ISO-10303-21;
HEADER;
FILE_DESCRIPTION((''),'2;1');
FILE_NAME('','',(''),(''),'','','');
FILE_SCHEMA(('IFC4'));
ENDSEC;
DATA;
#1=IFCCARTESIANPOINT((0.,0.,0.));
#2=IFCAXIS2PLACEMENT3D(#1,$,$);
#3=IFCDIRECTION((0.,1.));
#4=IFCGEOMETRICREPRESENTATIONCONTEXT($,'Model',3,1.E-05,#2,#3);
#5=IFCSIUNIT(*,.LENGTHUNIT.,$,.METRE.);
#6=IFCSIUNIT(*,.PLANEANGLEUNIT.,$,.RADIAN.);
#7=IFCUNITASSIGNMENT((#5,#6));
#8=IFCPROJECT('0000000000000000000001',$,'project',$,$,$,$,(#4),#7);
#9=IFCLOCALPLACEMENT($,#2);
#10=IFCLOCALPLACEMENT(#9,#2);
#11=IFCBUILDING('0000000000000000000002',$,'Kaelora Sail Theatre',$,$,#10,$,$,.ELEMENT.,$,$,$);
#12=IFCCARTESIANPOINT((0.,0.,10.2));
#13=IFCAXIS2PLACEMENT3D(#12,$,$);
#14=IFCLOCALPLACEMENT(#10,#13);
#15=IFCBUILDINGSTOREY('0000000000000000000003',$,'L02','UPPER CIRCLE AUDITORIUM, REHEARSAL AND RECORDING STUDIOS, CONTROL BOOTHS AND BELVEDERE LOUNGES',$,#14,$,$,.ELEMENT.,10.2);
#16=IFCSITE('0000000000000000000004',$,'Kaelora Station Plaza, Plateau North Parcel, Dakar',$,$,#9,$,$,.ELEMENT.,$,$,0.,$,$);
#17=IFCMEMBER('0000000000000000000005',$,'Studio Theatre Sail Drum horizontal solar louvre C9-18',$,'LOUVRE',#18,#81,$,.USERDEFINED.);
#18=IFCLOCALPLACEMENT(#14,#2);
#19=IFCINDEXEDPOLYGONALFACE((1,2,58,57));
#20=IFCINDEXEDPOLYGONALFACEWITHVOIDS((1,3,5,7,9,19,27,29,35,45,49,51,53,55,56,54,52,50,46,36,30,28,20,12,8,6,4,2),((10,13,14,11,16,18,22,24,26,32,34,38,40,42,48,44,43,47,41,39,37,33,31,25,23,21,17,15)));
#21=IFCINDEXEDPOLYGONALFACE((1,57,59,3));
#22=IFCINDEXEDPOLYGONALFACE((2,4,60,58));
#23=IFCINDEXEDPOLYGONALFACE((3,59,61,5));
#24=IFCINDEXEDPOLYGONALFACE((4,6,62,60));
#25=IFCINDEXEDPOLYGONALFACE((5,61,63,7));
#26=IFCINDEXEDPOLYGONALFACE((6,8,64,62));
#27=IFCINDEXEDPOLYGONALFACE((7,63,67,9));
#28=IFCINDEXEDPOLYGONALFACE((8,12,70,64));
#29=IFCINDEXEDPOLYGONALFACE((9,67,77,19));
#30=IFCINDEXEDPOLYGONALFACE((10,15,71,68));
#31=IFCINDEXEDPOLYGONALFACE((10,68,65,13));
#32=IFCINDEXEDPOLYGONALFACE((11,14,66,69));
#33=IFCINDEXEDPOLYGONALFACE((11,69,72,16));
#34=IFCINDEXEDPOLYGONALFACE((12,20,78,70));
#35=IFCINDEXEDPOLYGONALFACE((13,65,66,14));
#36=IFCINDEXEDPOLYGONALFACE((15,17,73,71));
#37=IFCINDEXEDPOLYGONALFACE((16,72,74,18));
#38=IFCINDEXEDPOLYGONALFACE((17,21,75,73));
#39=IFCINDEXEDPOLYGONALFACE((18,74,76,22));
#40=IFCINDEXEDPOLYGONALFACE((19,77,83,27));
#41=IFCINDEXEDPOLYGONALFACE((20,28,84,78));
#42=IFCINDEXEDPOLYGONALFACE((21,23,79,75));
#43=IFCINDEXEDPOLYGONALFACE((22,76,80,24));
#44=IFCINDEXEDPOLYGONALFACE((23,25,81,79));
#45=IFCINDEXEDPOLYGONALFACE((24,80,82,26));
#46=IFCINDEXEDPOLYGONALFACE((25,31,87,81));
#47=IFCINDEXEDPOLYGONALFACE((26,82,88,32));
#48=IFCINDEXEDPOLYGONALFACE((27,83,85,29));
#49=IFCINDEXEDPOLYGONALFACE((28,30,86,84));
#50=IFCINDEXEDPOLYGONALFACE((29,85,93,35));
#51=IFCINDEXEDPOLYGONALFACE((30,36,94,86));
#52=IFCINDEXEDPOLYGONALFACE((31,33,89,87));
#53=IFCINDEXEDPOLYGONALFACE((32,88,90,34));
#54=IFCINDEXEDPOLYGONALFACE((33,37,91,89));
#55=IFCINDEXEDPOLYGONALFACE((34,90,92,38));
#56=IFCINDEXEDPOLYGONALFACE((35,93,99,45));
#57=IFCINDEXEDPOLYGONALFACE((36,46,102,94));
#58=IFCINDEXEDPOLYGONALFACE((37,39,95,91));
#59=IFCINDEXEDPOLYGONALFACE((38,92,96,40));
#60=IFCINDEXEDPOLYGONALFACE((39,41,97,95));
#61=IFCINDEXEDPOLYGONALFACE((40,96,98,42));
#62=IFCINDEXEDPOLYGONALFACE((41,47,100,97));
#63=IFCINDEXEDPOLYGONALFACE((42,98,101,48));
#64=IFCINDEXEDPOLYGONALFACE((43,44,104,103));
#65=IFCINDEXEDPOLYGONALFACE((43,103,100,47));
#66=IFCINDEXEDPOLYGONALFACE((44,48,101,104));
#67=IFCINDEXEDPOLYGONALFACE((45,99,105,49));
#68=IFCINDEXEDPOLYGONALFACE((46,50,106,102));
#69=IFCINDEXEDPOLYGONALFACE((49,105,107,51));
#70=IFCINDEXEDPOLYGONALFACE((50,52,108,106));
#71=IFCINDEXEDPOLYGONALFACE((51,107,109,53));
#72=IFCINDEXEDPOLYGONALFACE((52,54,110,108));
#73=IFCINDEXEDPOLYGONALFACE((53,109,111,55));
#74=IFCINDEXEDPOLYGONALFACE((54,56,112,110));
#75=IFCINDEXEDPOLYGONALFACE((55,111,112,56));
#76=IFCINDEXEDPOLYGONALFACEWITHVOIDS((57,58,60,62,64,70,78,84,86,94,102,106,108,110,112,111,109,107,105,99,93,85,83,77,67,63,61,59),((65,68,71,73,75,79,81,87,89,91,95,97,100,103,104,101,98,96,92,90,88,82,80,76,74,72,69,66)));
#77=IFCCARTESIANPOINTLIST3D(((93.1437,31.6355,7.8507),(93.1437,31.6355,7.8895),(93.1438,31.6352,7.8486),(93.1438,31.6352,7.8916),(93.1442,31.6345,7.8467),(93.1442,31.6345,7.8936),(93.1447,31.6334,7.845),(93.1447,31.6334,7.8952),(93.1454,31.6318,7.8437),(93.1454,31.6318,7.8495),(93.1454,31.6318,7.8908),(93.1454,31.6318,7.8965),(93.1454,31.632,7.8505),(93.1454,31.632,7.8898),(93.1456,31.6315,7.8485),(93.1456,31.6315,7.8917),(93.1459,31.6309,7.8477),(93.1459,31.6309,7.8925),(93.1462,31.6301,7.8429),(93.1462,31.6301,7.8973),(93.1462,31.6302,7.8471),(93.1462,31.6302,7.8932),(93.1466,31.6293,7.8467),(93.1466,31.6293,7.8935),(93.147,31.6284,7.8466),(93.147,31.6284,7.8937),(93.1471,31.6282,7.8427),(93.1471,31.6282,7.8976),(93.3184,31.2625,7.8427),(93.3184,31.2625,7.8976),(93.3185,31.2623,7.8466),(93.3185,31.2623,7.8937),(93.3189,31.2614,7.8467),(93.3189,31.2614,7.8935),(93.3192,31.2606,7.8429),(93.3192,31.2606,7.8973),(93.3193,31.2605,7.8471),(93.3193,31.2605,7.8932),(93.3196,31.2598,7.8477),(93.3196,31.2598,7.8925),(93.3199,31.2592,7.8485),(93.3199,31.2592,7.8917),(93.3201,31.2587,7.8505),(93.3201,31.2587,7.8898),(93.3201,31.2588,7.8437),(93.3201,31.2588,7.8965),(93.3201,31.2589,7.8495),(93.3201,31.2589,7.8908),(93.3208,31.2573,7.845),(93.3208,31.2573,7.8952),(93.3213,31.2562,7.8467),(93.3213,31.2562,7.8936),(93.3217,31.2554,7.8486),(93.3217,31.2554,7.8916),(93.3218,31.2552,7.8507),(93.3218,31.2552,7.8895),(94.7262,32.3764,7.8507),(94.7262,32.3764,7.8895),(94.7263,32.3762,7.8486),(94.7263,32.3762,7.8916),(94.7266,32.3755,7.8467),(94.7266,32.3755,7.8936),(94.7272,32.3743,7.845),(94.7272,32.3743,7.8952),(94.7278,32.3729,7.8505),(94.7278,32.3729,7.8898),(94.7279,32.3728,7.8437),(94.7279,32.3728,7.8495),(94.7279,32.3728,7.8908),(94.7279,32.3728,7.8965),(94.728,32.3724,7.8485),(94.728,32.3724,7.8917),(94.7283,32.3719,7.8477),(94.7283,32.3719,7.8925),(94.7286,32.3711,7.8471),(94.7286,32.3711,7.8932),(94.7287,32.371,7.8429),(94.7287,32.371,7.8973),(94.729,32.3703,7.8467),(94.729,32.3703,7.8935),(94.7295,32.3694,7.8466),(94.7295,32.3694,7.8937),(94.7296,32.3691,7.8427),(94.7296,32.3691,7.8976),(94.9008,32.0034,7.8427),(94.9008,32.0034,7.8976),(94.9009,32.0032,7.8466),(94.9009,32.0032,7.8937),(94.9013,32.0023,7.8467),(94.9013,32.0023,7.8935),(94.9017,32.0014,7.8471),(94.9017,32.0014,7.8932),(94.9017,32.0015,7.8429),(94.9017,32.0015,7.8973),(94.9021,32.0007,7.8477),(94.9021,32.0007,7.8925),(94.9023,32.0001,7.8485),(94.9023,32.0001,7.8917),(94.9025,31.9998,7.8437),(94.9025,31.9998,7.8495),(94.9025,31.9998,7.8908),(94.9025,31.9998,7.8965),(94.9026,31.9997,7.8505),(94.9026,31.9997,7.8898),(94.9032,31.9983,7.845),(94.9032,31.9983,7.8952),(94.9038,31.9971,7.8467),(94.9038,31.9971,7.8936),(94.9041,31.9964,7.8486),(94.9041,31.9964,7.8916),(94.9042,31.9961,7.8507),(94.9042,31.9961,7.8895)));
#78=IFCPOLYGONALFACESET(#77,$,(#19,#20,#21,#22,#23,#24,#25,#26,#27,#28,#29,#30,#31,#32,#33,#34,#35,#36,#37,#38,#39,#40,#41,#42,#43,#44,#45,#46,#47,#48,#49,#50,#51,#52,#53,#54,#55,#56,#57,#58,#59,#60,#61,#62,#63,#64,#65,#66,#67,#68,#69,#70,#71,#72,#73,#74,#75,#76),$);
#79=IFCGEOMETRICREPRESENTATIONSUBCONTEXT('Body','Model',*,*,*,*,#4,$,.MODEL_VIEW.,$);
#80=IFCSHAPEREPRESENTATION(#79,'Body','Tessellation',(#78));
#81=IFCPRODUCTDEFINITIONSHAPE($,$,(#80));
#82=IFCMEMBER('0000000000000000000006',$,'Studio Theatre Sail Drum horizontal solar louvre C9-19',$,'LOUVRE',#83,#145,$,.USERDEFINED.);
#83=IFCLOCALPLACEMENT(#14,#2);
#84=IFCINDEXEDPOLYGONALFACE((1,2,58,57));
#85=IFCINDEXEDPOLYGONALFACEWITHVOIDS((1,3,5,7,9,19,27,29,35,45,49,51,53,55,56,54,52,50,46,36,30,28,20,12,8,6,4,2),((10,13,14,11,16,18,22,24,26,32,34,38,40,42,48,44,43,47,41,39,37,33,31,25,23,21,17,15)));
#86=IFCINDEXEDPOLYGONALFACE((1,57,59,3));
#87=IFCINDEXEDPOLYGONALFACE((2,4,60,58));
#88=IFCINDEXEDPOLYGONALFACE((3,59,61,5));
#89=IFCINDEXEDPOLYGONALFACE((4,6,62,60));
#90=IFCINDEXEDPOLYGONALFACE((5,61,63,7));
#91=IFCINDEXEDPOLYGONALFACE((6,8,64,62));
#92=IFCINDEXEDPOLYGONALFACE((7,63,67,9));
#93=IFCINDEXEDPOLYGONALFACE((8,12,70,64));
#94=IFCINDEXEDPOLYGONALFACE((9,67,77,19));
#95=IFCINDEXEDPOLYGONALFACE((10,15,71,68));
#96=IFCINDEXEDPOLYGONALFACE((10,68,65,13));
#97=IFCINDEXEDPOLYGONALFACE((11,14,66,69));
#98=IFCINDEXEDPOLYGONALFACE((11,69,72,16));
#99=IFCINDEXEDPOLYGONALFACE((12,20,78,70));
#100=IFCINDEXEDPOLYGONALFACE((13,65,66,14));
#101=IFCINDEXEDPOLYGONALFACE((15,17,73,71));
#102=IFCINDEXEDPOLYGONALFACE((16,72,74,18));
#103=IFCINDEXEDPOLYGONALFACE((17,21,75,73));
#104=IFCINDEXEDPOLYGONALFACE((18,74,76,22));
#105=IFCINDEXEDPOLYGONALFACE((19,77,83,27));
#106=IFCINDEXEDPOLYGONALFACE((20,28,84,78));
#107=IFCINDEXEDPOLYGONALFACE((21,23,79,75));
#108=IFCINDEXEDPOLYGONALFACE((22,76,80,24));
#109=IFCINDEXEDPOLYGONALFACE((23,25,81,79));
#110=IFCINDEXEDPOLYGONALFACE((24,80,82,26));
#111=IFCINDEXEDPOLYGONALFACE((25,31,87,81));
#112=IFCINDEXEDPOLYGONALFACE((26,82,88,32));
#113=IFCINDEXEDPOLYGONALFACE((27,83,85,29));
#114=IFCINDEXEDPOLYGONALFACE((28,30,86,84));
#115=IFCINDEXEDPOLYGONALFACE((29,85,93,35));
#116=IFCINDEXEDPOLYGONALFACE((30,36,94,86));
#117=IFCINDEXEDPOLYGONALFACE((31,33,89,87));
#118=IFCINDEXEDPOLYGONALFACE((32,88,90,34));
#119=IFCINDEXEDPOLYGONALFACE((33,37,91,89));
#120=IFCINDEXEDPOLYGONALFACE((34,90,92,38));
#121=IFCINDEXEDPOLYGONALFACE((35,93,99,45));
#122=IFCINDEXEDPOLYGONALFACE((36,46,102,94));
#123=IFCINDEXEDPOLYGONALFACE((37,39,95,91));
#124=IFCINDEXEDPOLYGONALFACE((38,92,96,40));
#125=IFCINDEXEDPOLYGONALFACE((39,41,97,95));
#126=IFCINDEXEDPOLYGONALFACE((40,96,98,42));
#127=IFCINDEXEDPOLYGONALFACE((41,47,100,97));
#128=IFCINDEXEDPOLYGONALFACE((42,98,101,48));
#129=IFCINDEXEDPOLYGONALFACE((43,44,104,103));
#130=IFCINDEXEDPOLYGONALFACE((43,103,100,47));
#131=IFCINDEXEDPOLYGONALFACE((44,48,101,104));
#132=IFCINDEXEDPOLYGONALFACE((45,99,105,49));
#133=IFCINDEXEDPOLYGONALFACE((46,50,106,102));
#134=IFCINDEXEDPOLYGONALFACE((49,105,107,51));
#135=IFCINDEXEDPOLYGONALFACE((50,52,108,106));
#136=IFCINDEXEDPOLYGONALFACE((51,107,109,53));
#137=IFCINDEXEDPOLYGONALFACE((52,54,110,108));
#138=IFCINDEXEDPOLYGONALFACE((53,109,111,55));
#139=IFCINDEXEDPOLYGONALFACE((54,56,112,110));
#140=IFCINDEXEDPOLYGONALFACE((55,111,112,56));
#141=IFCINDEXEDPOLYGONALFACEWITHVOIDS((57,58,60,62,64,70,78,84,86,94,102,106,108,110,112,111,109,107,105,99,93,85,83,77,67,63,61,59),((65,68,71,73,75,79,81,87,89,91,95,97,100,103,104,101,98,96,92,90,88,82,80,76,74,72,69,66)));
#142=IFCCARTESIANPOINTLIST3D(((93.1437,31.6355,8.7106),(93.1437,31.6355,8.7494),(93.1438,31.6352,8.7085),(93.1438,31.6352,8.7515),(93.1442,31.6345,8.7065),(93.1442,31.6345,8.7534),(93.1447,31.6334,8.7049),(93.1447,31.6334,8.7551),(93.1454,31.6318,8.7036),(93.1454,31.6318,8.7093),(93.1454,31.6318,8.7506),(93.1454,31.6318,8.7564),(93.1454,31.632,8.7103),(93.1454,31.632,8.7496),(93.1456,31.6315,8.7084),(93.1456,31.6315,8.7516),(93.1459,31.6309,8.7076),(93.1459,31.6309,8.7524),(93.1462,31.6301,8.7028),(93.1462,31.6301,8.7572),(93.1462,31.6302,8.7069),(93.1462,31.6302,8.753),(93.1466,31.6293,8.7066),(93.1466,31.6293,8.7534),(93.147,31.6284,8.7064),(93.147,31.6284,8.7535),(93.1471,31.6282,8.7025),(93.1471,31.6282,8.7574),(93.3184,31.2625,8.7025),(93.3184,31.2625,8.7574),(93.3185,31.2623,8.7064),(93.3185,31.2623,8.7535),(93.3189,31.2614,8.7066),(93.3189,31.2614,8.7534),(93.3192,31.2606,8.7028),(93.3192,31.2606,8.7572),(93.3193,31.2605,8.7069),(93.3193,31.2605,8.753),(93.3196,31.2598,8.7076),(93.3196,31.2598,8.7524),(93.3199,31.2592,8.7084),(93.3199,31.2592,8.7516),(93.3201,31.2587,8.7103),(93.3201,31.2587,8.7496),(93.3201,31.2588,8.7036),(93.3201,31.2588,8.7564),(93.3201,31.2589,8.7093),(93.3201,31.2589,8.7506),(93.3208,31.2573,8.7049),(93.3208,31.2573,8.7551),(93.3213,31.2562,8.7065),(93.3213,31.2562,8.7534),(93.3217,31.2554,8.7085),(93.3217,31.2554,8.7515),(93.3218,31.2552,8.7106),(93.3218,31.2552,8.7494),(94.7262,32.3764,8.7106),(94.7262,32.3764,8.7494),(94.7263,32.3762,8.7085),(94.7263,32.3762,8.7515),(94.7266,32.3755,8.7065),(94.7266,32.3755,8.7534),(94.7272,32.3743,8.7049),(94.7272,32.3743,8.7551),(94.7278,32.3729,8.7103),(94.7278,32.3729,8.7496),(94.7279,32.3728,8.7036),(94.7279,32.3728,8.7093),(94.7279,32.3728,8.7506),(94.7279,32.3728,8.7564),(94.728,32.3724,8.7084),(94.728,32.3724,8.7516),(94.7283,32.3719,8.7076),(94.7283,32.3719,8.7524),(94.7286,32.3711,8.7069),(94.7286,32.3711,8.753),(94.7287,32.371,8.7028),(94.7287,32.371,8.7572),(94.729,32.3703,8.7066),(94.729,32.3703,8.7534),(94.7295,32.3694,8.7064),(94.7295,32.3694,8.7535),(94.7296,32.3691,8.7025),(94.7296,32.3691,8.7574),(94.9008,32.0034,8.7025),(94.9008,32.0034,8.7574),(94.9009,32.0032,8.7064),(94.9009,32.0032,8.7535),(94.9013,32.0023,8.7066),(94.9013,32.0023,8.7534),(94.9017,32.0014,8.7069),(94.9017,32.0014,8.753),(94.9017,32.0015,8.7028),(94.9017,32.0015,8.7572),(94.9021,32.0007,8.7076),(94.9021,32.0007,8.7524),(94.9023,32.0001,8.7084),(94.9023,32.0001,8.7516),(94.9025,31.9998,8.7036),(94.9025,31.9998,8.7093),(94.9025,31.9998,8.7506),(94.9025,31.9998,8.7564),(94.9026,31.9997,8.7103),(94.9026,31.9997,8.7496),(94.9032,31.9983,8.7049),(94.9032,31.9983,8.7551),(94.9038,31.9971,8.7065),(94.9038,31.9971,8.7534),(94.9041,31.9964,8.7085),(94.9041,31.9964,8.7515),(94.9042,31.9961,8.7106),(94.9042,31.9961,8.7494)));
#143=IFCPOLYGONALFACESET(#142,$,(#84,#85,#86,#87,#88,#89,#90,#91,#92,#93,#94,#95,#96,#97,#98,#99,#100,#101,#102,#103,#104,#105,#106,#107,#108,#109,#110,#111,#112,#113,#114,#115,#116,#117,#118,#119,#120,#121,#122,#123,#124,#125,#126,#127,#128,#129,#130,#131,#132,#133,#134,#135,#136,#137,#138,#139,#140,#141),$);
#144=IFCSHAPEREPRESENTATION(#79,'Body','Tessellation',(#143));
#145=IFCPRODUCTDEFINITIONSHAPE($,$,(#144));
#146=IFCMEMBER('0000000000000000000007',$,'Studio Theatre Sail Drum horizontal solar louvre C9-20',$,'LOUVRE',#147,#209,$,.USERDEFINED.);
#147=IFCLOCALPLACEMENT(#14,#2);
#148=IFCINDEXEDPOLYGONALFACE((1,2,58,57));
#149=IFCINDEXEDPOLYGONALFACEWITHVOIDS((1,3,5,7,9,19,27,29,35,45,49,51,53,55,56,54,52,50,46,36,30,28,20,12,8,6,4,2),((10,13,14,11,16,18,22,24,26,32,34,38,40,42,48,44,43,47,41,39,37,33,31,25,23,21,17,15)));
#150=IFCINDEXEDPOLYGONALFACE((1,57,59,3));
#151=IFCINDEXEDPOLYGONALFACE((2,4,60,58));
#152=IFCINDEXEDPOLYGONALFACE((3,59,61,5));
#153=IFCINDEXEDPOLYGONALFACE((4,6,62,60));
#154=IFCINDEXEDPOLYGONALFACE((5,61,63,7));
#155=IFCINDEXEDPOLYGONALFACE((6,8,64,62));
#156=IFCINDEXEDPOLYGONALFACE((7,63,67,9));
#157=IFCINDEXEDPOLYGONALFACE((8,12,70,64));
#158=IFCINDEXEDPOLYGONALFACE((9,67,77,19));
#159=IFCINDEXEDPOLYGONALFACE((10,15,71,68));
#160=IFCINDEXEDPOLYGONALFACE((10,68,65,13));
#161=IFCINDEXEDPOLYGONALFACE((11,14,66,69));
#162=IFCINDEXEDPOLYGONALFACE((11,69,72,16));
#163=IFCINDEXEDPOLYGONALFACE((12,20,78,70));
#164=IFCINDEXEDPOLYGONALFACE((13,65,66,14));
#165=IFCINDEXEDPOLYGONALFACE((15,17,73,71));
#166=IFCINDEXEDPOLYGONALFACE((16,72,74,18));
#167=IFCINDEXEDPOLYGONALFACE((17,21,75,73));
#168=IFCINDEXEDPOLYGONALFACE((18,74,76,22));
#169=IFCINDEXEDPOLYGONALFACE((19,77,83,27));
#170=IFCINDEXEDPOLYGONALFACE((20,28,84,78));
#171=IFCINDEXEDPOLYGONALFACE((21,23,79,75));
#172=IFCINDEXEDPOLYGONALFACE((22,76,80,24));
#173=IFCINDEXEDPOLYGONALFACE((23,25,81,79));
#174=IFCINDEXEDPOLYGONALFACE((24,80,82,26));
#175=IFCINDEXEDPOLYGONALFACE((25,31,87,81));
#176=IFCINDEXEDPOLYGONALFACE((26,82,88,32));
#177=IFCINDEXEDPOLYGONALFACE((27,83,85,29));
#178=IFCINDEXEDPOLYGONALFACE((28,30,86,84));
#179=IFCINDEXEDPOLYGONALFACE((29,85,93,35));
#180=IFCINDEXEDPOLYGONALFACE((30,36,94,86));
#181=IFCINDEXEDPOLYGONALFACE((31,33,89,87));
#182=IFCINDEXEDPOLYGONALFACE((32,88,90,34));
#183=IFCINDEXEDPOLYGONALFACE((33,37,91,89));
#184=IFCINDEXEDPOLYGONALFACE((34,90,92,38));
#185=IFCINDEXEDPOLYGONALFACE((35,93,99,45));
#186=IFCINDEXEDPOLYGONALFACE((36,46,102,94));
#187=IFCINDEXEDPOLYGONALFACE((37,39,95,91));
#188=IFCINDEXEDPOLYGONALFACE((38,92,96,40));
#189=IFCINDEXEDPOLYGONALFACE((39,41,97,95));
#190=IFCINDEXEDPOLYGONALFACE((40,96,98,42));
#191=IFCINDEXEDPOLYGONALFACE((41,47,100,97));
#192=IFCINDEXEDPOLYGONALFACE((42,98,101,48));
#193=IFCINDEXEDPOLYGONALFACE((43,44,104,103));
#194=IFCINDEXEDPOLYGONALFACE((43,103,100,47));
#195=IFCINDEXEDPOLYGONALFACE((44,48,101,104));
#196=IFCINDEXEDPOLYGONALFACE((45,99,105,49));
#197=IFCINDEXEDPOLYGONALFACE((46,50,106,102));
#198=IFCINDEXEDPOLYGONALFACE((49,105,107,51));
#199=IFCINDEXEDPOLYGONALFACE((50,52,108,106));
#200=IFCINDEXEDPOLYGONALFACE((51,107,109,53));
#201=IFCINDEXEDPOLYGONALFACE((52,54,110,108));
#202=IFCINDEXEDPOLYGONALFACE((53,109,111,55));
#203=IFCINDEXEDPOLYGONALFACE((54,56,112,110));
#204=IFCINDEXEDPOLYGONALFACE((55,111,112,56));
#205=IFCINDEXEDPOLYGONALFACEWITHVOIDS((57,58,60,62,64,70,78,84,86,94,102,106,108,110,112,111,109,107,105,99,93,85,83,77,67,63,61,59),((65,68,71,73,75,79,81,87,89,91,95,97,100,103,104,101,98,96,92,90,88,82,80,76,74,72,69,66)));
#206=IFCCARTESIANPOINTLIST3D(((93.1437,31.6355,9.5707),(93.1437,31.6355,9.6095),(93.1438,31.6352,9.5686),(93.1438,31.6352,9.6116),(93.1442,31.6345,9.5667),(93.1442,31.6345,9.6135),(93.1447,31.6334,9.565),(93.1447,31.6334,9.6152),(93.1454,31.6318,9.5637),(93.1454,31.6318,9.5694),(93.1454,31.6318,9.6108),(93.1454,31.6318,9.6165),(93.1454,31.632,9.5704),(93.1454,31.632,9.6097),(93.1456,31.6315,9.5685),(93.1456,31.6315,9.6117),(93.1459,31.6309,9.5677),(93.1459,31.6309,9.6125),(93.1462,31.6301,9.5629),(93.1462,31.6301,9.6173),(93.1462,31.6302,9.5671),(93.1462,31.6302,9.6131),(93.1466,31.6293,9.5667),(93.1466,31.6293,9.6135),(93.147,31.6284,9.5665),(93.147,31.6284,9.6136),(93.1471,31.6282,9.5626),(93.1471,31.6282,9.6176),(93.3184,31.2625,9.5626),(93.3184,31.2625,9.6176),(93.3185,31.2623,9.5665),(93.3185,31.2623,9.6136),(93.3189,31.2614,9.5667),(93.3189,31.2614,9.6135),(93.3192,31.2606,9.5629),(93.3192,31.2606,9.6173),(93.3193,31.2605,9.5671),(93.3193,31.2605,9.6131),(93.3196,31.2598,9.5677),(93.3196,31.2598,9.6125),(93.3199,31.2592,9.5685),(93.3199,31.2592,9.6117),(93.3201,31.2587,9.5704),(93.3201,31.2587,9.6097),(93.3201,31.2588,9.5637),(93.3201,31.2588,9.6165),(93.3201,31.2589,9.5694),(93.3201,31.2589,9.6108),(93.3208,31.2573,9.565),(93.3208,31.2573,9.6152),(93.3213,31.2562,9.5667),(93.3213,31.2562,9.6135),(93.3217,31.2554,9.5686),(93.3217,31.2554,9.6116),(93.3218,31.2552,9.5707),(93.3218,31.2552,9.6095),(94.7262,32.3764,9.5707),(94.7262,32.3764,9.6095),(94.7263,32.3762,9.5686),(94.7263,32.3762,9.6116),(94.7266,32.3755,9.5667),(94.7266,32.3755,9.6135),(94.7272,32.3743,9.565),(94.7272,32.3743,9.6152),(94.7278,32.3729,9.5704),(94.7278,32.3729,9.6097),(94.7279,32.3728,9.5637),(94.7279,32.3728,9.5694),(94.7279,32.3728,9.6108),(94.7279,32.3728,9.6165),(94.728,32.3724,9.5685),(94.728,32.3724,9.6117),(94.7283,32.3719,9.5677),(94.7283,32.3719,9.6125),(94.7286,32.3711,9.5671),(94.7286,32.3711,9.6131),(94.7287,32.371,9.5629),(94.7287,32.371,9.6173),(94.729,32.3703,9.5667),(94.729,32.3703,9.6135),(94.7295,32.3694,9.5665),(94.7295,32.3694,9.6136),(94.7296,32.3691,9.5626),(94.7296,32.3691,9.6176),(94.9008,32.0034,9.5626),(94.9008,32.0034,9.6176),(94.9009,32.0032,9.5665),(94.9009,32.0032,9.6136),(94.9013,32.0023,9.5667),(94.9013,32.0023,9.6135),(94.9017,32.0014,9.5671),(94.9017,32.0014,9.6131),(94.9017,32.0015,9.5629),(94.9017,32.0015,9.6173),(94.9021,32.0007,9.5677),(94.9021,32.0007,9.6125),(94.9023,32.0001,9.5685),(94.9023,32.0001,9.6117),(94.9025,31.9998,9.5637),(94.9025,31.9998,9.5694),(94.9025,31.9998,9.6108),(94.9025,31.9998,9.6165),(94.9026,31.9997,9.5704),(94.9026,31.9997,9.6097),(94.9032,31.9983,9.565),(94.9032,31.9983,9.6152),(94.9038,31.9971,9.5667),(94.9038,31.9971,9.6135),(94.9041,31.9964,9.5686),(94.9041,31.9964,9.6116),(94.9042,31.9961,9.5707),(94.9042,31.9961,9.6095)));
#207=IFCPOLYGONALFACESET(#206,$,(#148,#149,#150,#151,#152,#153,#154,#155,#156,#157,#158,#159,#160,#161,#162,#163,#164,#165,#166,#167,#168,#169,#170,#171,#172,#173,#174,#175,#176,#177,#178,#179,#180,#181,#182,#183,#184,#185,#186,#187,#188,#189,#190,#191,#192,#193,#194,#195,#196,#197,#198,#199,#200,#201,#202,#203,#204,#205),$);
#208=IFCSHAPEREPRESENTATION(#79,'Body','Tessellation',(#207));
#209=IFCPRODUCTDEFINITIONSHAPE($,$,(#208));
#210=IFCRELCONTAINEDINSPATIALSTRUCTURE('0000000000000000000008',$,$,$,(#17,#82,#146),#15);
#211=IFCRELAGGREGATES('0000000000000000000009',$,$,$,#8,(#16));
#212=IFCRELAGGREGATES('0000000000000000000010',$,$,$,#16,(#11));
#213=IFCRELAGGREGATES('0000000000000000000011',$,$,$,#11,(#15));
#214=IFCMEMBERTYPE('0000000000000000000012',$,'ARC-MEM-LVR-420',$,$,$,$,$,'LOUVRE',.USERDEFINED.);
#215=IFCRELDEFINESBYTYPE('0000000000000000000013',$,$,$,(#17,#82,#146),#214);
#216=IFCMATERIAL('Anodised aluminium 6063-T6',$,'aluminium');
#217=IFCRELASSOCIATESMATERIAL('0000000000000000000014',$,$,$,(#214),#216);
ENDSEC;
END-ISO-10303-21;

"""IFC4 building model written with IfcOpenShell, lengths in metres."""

from ifc_helpers import new_model, si_unit, direction, frame, origin, origin_2d, place, context, subcontext, project, spatial, hollow_rectangle, extrude, material, material_profile, profile_set, type_object, element, save


model = new_model("IFC4")

# Units and contexts
model_context = context("Model", 3, precision=1e-05, world=origin(), true_north=direction((0.0, 1.0)))
body_context = subcontext(model_context, "Body", "Model", "MODEL_VIEW")
ifc_project = project(units=[si_unit("LENGTHUNIT", "METRE"), si_unit("PLANEANGLEUNIT", "RADIAN")], contexts=[model_context])

# Site, building, storey
site_placement = place(None, origin())
site = spatial("IfcSite", under=ifc_project, at=site_placement, Name="Kaelora Station Plaza, Plateau North Parcel, Dakar", CompositionType="ELEMENT", RefElevation=0.0)
building_placement = place(site_placement, origin())
building = spatial("IfcBuilding", under=site, at=building_placement, Name="Kaelora Sail Theatre", CompositionType="ELEMENT")
storey_placement = place(building_placement, frame((0.0, 0.0, 10.2)))
storey = spatial("IfcBuildingStorey", under=building, at=storey_placement, Name="L02", Description="UPPER CIRCLE AUDITORIUM, REHEARSAL AND RECORDING STUDIOS, CONTROL BOOTHS AND BELVEDERE LOUNGES", CompositionType="ELEMENT", Elevation=10.2)

# Members
ifc_material_1 = material(Name="Anodised aluminium 6063-T6", Category="aluminium")
ifc_material_profile_1 = material_profile(ifc_material_1, hollow_rectangle(XDim=0.4199, YDim=0.0549, WallThickness=0.0039, InnerFilletRadius=0.0039, OuterFilletRadius=0.0081, at=origin_2d()), Name="LOUVRE 420x55x4")
ifc_profile_set_1 = profile_set([ifc_material_profile_1], Name="Anodised aluminium 6063-T6")
member_type = type_object("IfcMemberType", Name="ARC-MEM-LVR-420", ElementType="LOUVRE", PredefinedType="USERDEFINED", material=ifc_profile_set_1)
for number, where, z_axis, x_axis, name in (
    (1, (94.8152, 32.1863, 7.8701), (-0.905643, -0.42404, 0.0), (0.42404, -0.905643, 0.0), "Studio Theatre Sail Drum horizontal solar louvre C9-18"),
    (2, (94.8152, 32.1863, 8.73), (-0.905643, -0.42404, 0.0), (0.42404, -0.905643, 0.0), "Studio Theatre Sail Drum horizontal solar louvre C9-19"),
    (3, (94.8152, 32.1863, 9.5901), (-0.905643, -0.42404, 0.0), (0.42404, -0.905643, 0.0), "Studio Theatre Sail Drum horizontal solar louvre C9-20"),
):
    element("IfcMember", number, at=place(storey_placement, frame(where, z_axis=z_axis, x_axis=x_axis)), inside=storey, type_object=member_type, Name=name, ObjectType="LOUVRE", PredefinedType="USERDEFINED", context=body_context, shape_type="SweptSolid", body=[
        extrude(hollow_rectangle(XDim=0.4199, YDim=0.0549, WallThickness=0.0039, InnerFilletRadius=0.0039, OuterFilletRadius=0.0081, at=origin_2d()), origin(), (0.0, 0.0, 1.0), 1.7473),
    ])

save(model, "model.ifc")
